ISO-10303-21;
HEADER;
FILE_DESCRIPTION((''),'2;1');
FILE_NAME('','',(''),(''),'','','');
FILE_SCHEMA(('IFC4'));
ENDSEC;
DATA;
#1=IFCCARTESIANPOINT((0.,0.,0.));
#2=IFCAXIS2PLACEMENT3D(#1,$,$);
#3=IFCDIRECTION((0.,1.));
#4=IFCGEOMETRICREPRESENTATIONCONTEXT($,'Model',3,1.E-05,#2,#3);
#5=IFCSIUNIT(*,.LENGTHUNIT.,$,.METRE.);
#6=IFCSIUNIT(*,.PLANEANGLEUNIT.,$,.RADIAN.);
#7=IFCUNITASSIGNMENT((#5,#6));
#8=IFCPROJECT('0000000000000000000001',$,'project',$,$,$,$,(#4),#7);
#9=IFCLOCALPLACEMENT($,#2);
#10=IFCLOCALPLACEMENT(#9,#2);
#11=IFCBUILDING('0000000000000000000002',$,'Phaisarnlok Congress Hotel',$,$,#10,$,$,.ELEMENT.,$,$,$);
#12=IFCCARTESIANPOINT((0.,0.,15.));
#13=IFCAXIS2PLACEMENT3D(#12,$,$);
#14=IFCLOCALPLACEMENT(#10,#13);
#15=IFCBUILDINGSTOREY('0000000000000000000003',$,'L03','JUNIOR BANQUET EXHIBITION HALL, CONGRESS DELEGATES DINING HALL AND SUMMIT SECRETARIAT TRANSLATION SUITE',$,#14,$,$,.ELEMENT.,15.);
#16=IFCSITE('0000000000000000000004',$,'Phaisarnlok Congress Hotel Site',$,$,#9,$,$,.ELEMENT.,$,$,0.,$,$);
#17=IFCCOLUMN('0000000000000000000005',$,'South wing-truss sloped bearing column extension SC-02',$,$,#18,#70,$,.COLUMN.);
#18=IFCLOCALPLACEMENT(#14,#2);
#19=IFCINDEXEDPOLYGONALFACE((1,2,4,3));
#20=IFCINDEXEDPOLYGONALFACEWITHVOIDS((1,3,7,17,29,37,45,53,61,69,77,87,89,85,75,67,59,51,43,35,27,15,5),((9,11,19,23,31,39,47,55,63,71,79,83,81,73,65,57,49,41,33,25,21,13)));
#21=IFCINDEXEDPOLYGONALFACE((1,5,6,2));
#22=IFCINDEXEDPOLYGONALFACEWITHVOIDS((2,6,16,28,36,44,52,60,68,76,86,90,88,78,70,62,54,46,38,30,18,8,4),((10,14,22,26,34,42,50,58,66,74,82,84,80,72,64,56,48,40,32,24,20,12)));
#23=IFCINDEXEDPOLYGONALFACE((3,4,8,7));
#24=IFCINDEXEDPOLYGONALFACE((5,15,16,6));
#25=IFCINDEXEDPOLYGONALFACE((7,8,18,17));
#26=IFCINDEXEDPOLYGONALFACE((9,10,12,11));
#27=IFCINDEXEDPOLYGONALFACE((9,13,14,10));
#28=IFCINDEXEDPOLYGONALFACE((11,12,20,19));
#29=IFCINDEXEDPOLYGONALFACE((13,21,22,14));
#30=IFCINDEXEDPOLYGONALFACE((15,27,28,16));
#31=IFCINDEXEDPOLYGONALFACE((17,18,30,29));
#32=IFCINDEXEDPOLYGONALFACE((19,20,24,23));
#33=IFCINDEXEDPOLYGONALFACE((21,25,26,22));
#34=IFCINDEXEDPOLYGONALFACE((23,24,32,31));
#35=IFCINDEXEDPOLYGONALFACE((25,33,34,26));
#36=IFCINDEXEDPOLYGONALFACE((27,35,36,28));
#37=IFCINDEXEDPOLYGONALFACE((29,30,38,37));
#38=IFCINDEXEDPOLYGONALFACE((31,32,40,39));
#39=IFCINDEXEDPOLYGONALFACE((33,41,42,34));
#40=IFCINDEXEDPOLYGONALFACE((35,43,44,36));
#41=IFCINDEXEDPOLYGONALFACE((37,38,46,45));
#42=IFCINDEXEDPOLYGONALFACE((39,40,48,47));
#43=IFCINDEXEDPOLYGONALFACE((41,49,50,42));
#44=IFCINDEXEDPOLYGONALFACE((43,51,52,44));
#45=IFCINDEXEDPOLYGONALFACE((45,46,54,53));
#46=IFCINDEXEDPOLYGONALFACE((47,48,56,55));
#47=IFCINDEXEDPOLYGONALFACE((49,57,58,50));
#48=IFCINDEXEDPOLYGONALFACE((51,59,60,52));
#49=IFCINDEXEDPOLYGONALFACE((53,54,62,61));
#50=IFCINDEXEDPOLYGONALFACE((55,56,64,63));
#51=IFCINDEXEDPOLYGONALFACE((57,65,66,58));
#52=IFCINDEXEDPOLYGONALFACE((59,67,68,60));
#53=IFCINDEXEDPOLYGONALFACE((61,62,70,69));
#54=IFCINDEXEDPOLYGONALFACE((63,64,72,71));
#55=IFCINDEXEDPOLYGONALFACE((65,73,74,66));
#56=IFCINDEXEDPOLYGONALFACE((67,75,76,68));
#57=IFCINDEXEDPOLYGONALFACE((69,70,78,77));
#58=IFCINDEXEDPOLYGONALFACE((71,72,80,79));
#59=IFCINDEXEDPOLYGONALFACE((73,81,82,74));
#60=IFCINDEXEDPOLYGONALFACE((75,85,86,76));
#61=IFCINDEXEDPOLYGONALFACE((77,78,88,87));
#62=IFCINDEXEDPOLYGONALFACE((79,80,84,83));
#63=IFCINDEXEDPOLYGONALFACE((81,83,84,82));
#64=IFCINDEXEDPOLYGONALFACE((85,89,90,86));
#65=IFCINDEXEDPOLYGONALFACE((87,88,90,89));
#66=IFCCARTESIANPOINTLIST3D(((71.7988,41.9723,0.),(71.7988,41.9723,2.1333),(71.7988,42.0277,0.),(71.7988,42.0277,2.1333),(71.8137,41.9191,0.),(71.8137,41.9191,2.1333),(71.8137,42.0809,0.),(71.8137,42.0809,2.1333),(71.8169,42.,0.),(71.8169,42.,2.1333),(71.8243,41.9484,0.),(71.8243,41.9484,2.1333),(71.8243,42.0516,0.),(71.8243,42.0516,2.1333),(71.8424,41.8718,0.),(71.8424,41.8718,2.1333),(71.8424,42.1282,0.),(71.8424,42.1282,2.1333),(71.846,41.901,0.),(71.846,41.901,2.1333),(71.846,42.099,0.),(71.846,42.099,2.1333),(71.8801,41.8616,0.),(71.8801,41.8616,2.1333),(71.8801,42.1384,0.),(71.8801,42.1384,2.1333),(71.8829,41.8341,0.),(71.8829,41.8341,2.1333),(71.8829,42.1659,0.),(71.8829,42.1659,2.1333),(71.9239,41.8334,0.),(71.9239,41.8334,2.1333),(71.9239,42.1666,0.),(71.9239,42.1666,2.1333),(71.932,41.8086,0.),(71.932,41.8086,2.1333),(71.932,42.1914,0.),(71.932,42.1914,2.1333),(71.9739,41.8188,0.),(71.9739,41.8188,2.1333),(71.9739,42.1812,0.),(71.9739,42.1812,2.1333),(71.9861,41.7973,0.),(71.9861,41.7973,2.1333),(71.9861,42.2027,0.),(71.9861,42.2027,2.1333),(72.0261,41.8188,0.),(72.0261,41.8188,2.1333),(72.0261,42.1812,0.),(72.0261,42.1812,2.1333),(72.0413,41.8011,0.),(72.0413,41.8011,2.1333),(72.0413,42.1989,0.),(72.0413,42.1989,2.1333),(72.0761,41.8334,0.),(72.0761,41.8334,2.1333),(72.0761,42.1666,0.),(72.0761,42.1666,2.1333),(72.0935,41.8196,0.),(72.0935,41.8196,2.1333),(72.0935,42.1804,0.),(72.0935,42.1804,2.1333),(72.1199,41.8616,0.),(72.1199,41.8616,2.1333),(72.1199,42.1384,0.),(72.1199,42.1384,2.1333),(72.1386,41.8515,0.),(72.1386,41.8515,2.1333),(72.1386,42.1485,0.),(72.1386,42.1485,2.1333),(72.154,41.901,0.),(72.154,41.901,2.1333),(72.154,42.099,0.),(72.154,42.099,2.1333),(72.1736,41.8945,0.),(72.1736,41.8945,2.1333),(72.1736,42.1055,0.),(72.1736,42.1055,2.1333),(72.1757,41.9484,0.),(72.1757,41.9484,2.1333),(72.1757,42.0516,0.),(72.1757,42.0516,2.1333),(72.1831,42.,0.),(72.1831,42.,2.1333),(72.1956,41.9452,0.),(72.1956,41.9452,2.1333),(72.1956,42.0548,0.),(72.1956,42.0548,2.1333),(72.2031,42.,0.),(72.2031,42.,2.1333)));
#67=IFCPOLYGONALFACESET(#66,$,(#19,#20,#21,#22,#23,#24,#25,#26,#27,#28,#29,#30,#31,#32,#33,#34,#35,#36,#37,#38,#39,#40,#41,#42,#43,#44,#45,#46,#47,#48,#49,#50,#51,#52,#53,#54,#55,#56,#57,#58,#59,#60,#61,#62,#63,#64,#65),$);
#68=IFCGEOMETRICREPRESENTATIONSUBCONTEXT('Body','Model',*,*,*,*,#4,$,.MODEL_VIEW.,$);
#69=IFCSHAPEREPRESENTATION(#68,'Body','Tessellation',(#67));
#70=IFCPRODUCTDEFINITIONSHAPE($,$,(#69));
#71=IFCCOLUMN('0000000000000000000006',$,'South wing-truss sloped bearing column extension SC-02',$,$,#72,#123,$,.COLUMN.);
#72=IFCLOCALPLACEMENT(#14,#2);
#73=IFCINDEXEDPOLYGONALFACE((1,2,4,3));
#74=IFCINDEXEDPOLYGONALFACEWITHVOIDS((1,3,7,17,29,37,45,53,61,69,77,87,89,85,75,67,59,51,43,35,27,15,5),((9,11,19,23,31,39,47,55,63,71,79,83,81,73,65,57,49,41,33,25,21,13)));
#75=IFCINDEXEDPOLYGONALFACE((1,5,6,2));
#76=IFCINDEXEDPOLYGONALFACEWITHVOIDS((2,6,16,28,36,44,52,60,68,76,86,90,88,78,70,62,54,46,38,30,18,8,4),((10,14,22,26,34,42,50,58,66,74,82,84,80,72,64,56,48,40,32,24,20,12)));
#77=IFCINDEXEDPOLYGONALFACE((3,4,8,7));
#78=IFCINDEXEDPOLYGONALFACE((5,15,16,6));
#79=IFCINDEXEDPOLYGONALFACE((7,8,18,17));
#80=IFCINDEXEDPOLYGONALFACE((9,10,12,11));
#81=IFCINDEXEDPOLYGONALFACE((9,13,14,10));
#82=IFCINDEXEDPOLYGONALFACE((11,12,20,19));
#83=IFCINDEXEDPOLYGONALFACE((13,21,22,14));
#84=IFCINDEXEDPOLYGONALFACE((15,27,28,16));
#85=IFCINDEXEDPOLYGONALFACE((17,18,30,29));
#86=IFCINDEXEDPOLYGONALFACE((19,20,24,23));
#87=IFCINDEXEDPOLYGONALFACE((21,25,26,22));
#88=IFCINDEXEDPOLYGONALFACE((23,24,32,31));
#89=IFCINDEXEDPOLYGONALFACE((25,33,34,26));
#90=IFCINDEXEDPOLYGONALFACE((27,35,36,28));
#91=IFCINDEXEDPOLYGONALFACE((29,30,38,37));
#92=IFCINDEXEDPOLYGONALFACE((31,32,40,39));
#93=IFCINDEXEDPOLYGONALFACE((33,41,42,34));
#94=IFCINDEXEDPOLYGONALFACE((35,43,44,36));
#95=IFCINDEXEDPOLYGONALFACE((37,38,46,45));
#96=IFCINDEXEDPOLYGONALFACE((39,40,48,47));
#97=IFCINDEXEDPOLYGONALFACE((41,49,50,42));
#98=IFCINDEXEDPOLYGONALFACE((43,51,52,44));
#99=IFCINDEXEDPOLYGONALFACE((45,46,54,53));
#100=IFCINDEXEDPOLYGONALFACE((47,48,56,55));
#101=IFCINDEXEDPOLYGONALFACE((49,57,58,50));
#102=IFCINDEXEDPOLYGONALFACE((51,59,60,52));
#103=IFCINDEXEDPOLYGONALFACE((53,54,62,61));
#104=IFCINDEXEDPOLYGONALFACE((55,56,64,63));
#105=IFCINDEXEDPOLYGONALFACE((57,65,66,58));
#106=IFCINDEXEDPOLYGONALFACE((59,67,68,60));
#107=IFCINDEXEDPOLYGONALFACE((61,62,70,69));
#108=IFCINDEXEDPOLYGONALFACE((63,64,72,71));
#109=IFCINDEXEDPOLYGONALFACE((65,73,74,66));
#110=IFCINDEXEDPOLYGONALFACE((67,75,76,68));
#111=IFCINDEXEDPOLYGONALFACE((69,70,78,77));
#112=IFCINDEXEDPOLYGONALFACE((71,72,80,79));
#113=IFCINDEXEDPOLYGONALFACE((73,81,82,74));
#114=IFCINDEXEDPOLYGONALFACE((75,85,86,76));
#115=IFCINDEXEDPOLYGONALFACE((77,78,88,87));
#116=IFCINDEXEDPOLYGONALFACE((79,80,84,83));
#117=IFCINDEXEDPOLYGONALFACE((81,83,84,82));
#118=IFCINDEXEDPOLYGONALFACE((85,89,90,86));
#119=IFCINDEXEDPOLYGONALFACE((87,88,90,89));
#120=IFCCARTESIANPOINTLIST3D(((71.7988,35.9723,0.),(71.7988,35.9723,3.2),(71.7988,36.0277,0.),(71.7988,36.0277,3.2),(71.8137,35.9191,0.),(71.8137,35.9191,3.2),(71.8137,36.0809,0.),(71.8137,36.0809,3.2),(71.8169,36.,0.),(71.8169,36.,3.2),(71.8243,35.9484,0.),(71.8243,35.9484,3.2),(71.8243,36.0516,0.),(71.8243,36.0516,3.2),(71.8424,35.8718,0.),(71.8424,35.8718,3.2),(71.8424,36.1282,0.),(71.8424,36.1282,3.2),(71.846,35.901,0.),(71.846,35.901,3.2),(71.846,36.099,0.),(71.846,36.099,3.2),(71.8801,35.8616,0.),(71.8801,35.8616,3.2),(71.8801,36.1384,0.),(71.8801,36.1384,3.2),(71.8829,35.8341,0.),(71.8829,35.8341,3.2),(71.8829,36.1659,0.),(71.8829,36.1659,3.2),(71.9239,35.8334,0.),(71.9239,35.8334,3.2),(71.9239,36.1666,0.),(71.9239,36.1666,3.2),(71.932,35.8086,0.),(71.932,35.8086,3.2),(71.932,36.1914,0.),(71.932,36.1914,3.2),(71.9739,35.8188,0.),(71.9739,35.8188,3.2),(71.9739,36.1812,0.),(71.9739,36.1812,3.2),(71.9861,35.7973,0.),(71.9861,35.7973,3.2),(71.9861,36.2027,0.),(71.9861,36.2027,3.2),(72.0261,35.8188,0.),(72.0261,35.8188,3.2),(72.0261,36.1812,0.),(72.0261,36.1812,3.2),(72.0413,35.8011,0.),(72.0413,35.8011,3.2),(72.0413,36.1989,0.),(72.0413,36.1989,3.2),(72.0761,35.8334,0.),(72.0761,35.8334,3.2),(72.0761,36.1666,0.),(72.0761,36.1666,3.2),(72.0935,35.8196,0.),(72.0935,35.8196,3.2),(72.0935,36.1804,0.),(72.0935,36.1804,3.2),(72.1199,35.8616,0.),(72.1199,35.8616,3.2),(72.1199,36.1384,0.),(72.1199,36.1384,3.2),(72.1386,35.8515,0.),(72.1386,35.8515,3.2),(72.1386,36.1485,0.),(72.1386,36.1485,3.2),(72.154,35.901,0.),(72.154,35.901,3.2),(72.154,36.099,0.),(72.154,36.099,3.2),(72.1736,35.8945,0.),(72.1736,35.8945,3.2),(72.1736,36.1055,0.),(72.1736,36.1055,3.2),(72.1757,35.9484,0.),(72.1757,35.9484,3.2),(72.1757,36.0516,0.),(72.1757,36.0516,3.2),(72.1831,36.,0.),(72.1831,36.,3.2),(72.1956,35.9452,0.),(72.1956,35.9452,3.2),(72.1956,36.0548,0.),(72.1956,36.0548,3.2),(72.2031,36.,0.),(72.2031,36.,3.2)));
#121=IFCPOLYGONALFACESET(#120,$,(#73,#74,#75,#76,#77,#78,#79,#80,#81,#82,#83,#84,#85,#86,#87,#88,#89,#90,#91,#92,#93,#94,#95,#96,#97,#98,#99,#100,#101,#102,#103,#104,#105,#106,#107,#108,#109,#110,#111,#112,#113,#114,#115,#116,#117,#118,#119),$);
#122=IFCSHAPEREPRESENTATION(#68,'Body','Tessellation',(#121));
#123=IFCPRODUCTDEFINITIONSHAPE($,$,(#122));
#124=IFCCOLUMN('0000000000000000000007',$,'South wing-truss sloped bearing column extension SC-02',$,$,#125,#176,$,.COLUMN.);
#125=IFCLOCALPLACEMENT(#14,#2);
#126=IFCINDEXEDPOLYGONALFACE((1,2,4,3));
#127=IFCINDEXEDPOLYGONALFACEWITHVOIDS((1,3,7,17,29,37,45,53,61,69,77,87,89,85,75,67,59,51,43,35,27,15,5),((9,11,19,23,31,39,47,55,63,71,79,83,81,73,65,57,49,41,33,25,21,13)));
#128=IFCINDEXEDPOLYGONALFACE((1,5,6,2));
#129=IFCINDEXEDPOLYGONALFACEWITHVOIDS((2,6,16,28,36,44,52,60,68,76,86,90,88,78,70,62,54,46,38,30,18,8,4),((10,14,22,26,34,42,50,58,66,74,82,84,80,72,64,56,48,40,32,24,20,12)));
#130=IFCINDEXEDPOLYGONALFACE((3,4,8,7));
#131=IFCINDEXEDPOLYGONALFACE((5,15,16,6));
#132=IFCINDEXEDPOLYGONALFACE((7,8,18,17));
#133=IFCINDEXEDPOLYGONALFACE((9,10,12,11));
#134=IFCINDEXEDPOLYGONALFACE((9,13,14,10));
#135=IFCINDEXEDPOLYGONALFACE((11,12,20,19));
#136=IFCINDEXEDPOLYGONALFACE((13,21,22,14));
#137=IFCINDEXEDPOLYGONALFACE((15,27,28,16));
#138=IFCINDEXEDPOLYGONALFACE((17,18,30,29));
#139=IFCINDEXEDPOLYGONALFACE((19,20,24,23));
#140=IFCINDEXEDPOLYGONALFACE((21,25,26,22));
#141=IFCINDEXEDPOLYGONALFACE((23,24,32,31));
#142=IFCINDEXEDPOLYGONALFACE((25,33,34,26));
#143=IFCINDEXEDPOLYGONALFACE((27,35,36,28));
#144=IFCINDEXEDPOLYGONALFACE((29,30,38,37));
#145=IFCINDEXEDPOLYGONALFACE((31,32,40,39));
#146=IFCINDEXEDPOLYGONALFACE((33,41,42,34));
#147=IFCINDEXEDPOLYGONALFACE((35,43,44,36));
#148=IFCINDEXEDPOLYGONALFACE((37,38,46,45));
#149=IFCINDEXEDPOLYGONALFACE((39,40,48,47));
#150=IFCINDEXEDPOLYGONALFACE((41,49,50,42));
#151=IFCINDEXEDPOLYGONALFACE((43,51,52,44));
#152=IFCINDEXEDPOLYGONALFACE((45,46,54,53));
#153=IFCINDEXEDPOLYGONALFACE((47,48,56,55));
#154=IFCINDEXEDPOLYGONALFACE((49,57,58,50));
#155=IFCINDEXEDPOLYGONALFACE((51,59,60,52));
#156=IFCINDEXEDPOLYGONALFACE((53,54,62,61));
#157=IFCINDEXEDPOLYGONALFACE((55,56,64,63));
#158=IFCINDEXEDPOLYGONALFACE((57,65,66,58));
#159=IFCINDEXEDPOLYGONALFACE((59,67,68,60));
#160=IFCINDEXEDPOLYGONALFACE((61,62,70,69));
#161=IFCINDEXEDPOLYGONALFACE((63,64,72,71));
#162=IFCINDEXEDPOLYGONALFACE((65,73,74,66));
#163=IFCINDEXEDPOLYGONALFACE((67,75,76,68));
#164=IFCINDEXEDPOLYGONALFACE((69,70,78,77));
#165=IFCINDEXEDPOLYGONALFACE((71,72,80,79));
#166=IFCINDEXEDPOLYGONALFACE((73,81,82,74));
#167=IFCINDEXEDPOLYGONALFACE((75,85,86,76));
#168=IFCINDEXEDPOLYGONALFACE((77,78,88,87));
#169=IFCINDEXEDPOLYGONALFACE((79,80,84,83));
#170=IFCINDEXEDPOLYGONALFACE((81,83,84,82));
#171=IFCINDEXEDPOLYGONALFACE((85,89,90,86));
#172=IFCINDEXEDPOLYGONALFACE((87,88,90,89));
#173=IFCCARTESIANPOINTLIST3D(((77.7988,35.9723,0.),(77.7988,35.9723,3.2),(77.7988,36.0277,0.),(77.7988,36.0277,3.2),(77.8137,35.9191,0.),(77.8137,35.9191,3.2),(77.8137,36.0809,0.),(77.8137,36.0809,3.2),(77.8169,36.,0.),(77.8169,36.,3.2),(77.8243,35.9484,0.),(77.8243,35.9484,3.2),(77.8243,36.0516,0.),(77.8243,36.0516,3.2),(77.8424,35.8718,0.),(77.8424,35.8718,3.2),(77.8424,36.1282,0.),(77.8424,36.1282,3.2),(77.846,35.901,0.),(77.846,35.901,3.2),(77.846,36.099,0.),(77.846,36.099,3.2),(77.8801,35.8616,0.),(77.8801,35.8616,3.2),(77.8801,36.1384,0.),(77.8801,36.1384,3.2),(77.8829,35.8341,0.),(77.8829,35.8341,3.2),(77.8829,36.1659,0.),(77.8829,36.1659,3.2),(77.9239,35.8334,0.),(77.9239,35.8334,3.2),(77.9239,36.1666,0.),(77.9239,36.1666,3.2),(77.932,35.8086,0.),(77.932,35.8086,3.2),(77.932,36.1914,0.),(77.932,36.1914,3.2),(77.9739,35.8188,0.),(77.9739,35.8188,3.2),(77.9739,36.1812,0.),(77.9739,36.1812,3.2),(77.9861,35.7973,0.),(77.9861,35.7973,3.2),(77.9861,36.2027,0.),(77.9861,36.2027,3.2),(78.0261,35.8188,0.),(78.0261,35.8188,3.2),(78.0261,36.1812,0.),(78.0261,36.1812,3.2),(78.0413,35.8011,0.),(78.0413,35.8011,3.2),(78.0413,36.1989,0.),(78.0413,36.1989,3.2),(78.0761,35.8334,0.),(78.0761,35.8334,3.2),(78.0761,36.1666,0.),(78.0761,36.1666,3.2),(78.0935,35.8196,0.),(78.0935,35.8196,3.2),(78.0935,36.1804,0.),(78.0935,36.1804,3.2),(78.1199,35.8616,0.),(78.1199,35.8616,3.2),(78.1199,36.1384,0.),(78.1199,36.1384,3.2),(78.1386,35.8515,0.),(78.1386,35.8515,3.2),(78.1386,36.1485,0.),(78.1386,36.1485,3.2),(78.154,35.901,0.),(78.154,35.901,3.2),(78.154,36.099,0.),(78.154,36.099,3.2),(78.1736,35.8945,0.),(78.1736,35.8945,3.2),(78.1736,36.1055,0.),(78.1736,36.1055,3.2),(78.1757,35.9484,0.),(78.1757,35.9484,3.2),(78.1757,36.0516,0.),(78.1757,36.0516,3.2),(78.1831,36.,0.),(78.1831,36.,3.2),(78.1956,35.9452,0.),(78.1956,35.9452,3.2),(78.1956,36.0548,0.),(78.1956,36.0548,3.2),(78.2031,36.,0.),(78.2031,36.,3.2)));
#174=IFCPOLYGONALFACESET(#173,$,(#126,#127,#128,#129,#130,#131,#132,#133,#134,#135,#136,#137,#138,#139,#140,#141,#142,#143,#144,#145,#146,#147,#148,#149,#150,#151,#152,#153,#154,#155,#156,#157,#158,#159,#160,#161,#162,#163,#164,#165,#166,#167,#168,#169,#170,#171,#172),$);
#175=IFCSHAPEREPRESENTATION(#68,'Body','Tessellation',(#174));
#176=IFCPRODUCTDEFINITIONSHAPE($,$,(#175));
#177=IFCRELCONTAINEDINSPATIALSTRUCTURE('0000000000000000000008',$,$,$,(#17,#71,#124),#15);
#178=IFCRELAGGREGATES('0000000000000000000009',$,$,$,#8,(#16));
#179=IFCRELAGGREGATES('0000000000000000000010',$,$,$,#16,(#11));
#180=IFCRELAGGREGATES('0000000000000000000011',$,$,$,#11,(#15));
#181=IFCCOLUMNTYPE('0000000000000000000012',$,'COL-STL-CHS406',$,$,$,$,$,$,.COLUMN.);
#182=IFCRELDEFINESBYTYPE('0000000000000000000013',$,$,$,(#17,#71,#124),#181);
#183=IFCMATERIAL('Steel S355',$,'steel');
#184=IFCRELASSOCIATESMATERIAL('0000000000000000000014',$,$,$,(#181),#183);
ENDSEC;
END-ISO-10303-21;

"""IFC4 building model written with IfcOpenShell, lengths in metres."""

from ifc_helpers import new_model, si_unit, direction, frame, origin, origin_2d, place, context, subcontext, project, spatial, hollow_circle, extrude, material, material_profile, profile_set, type_object, element, save


model = new_model("IFC4")

# Units and contexts
model_context = context("Model", 3, precision=1e-05, world=origin(), true_north=direction((0.0, 1.0)))
body_context = subcontext(model_context, "Body", "Model", "MODEL_VIEW")
ifc_project = project(units=[si_unit("LENGTHUNIT", "METRE"), si_unit("PLANEANGLEUNIT", "RADIAN")], contexts=[model_context])

# Site, building, storey
site_placement = place(None, origin())
site = spatial("IfcSite", under=ifc_project, at=site_placement, Name="Phaisarnlok Congress Hotel Site", CompositionType="ELEMENT", RefElevation=0.0)
building_placement = place(site_placement, origin())
building = spatial("IfcBuilding", under=site, at=building_placement, Name="Phaisarnlok Congress Hotel", CompositionType="ELEMENT")
storey_placement = place(building_placement, frame((0.0, 0.0, 15.0)))
storey = spatial("IfcBuildingStorey", under=building, at=storey_placement, Name="L03", Description="JUNIOR BANQUET EXHIBITION HALL, CONGRESS DELEGATES DINING HALL AND SUMMIT SECRETARIAT TRANSLATION SUITE", CompositionType="ELEMENT", Elevation=15.0)

# Columns
ifc_material_1 = material(Name="Steel S355", Category="steel")
ifc_material_profile_1 = material_profile(ifc_material_1, hollow_circle(Radius=0.2031, WallThickness=0.02, at=origin_2d()), Name="CHS 406.4x20")
ifc_profile_set_1 = profile_set([ifc_material_profile_1], Name="Steel S355")
column_type = type_object("IfcColumnType", Name="COL-STL-CHS406", PredefinedType="COLUMN", material=ifc_profile_set_1)
column_placement = place(storey_placement, frame((72.0, 42.0, 0.0), z_axis=(0.0, 0.0, 1.0), x_axis=(1.0, 0.0, 0.0)))
element("IfcColumn", 1, at=column_placement, inside=storey, type_object=column_type, Name="South wing-truss sloped bearing column extension SC-02", PredefinedType="COLUMN", context=body_context, shape_type="SweptSolid", body=[
    extrude(hollow_circle(Radius=0.2031, WallThickness=0.02, at=origin_2d()), origin(), (0.0, 0.0, 1.0), 2.1333),
])
for number, where, z_axis, x_axis, name in (
    (2, (72.0, 36.0, 0.0), (0.0, 0.0, 1.0), (1.0, 0.0, 0.0), "South wing-truss sloped bearing column extension SC-02"),
    (3, (78.0, 36.0, 0.0), (0.0, 0.0, 1.0), (1.0, 0.0, 0.0), "South wing-truss sloped bearing column extension SC-02"),
):
    element("IfcColumn", number, at=place(storey_placement, frame(where, z_axis=z_axis, x_axis=x_axis)), inside=storey, type_object=column_type, Name=name, PredefinedType="COLUMN", context=body_context, shape_type="SweptSolid", body=[
        extrude(hollow_circle(Radius=0.2031, WallThickness=0.02, at=origin_2d()), origin(), (0.0, 0.0, 1.0), 3.2),
    ])

save(model, "model.ifc")
